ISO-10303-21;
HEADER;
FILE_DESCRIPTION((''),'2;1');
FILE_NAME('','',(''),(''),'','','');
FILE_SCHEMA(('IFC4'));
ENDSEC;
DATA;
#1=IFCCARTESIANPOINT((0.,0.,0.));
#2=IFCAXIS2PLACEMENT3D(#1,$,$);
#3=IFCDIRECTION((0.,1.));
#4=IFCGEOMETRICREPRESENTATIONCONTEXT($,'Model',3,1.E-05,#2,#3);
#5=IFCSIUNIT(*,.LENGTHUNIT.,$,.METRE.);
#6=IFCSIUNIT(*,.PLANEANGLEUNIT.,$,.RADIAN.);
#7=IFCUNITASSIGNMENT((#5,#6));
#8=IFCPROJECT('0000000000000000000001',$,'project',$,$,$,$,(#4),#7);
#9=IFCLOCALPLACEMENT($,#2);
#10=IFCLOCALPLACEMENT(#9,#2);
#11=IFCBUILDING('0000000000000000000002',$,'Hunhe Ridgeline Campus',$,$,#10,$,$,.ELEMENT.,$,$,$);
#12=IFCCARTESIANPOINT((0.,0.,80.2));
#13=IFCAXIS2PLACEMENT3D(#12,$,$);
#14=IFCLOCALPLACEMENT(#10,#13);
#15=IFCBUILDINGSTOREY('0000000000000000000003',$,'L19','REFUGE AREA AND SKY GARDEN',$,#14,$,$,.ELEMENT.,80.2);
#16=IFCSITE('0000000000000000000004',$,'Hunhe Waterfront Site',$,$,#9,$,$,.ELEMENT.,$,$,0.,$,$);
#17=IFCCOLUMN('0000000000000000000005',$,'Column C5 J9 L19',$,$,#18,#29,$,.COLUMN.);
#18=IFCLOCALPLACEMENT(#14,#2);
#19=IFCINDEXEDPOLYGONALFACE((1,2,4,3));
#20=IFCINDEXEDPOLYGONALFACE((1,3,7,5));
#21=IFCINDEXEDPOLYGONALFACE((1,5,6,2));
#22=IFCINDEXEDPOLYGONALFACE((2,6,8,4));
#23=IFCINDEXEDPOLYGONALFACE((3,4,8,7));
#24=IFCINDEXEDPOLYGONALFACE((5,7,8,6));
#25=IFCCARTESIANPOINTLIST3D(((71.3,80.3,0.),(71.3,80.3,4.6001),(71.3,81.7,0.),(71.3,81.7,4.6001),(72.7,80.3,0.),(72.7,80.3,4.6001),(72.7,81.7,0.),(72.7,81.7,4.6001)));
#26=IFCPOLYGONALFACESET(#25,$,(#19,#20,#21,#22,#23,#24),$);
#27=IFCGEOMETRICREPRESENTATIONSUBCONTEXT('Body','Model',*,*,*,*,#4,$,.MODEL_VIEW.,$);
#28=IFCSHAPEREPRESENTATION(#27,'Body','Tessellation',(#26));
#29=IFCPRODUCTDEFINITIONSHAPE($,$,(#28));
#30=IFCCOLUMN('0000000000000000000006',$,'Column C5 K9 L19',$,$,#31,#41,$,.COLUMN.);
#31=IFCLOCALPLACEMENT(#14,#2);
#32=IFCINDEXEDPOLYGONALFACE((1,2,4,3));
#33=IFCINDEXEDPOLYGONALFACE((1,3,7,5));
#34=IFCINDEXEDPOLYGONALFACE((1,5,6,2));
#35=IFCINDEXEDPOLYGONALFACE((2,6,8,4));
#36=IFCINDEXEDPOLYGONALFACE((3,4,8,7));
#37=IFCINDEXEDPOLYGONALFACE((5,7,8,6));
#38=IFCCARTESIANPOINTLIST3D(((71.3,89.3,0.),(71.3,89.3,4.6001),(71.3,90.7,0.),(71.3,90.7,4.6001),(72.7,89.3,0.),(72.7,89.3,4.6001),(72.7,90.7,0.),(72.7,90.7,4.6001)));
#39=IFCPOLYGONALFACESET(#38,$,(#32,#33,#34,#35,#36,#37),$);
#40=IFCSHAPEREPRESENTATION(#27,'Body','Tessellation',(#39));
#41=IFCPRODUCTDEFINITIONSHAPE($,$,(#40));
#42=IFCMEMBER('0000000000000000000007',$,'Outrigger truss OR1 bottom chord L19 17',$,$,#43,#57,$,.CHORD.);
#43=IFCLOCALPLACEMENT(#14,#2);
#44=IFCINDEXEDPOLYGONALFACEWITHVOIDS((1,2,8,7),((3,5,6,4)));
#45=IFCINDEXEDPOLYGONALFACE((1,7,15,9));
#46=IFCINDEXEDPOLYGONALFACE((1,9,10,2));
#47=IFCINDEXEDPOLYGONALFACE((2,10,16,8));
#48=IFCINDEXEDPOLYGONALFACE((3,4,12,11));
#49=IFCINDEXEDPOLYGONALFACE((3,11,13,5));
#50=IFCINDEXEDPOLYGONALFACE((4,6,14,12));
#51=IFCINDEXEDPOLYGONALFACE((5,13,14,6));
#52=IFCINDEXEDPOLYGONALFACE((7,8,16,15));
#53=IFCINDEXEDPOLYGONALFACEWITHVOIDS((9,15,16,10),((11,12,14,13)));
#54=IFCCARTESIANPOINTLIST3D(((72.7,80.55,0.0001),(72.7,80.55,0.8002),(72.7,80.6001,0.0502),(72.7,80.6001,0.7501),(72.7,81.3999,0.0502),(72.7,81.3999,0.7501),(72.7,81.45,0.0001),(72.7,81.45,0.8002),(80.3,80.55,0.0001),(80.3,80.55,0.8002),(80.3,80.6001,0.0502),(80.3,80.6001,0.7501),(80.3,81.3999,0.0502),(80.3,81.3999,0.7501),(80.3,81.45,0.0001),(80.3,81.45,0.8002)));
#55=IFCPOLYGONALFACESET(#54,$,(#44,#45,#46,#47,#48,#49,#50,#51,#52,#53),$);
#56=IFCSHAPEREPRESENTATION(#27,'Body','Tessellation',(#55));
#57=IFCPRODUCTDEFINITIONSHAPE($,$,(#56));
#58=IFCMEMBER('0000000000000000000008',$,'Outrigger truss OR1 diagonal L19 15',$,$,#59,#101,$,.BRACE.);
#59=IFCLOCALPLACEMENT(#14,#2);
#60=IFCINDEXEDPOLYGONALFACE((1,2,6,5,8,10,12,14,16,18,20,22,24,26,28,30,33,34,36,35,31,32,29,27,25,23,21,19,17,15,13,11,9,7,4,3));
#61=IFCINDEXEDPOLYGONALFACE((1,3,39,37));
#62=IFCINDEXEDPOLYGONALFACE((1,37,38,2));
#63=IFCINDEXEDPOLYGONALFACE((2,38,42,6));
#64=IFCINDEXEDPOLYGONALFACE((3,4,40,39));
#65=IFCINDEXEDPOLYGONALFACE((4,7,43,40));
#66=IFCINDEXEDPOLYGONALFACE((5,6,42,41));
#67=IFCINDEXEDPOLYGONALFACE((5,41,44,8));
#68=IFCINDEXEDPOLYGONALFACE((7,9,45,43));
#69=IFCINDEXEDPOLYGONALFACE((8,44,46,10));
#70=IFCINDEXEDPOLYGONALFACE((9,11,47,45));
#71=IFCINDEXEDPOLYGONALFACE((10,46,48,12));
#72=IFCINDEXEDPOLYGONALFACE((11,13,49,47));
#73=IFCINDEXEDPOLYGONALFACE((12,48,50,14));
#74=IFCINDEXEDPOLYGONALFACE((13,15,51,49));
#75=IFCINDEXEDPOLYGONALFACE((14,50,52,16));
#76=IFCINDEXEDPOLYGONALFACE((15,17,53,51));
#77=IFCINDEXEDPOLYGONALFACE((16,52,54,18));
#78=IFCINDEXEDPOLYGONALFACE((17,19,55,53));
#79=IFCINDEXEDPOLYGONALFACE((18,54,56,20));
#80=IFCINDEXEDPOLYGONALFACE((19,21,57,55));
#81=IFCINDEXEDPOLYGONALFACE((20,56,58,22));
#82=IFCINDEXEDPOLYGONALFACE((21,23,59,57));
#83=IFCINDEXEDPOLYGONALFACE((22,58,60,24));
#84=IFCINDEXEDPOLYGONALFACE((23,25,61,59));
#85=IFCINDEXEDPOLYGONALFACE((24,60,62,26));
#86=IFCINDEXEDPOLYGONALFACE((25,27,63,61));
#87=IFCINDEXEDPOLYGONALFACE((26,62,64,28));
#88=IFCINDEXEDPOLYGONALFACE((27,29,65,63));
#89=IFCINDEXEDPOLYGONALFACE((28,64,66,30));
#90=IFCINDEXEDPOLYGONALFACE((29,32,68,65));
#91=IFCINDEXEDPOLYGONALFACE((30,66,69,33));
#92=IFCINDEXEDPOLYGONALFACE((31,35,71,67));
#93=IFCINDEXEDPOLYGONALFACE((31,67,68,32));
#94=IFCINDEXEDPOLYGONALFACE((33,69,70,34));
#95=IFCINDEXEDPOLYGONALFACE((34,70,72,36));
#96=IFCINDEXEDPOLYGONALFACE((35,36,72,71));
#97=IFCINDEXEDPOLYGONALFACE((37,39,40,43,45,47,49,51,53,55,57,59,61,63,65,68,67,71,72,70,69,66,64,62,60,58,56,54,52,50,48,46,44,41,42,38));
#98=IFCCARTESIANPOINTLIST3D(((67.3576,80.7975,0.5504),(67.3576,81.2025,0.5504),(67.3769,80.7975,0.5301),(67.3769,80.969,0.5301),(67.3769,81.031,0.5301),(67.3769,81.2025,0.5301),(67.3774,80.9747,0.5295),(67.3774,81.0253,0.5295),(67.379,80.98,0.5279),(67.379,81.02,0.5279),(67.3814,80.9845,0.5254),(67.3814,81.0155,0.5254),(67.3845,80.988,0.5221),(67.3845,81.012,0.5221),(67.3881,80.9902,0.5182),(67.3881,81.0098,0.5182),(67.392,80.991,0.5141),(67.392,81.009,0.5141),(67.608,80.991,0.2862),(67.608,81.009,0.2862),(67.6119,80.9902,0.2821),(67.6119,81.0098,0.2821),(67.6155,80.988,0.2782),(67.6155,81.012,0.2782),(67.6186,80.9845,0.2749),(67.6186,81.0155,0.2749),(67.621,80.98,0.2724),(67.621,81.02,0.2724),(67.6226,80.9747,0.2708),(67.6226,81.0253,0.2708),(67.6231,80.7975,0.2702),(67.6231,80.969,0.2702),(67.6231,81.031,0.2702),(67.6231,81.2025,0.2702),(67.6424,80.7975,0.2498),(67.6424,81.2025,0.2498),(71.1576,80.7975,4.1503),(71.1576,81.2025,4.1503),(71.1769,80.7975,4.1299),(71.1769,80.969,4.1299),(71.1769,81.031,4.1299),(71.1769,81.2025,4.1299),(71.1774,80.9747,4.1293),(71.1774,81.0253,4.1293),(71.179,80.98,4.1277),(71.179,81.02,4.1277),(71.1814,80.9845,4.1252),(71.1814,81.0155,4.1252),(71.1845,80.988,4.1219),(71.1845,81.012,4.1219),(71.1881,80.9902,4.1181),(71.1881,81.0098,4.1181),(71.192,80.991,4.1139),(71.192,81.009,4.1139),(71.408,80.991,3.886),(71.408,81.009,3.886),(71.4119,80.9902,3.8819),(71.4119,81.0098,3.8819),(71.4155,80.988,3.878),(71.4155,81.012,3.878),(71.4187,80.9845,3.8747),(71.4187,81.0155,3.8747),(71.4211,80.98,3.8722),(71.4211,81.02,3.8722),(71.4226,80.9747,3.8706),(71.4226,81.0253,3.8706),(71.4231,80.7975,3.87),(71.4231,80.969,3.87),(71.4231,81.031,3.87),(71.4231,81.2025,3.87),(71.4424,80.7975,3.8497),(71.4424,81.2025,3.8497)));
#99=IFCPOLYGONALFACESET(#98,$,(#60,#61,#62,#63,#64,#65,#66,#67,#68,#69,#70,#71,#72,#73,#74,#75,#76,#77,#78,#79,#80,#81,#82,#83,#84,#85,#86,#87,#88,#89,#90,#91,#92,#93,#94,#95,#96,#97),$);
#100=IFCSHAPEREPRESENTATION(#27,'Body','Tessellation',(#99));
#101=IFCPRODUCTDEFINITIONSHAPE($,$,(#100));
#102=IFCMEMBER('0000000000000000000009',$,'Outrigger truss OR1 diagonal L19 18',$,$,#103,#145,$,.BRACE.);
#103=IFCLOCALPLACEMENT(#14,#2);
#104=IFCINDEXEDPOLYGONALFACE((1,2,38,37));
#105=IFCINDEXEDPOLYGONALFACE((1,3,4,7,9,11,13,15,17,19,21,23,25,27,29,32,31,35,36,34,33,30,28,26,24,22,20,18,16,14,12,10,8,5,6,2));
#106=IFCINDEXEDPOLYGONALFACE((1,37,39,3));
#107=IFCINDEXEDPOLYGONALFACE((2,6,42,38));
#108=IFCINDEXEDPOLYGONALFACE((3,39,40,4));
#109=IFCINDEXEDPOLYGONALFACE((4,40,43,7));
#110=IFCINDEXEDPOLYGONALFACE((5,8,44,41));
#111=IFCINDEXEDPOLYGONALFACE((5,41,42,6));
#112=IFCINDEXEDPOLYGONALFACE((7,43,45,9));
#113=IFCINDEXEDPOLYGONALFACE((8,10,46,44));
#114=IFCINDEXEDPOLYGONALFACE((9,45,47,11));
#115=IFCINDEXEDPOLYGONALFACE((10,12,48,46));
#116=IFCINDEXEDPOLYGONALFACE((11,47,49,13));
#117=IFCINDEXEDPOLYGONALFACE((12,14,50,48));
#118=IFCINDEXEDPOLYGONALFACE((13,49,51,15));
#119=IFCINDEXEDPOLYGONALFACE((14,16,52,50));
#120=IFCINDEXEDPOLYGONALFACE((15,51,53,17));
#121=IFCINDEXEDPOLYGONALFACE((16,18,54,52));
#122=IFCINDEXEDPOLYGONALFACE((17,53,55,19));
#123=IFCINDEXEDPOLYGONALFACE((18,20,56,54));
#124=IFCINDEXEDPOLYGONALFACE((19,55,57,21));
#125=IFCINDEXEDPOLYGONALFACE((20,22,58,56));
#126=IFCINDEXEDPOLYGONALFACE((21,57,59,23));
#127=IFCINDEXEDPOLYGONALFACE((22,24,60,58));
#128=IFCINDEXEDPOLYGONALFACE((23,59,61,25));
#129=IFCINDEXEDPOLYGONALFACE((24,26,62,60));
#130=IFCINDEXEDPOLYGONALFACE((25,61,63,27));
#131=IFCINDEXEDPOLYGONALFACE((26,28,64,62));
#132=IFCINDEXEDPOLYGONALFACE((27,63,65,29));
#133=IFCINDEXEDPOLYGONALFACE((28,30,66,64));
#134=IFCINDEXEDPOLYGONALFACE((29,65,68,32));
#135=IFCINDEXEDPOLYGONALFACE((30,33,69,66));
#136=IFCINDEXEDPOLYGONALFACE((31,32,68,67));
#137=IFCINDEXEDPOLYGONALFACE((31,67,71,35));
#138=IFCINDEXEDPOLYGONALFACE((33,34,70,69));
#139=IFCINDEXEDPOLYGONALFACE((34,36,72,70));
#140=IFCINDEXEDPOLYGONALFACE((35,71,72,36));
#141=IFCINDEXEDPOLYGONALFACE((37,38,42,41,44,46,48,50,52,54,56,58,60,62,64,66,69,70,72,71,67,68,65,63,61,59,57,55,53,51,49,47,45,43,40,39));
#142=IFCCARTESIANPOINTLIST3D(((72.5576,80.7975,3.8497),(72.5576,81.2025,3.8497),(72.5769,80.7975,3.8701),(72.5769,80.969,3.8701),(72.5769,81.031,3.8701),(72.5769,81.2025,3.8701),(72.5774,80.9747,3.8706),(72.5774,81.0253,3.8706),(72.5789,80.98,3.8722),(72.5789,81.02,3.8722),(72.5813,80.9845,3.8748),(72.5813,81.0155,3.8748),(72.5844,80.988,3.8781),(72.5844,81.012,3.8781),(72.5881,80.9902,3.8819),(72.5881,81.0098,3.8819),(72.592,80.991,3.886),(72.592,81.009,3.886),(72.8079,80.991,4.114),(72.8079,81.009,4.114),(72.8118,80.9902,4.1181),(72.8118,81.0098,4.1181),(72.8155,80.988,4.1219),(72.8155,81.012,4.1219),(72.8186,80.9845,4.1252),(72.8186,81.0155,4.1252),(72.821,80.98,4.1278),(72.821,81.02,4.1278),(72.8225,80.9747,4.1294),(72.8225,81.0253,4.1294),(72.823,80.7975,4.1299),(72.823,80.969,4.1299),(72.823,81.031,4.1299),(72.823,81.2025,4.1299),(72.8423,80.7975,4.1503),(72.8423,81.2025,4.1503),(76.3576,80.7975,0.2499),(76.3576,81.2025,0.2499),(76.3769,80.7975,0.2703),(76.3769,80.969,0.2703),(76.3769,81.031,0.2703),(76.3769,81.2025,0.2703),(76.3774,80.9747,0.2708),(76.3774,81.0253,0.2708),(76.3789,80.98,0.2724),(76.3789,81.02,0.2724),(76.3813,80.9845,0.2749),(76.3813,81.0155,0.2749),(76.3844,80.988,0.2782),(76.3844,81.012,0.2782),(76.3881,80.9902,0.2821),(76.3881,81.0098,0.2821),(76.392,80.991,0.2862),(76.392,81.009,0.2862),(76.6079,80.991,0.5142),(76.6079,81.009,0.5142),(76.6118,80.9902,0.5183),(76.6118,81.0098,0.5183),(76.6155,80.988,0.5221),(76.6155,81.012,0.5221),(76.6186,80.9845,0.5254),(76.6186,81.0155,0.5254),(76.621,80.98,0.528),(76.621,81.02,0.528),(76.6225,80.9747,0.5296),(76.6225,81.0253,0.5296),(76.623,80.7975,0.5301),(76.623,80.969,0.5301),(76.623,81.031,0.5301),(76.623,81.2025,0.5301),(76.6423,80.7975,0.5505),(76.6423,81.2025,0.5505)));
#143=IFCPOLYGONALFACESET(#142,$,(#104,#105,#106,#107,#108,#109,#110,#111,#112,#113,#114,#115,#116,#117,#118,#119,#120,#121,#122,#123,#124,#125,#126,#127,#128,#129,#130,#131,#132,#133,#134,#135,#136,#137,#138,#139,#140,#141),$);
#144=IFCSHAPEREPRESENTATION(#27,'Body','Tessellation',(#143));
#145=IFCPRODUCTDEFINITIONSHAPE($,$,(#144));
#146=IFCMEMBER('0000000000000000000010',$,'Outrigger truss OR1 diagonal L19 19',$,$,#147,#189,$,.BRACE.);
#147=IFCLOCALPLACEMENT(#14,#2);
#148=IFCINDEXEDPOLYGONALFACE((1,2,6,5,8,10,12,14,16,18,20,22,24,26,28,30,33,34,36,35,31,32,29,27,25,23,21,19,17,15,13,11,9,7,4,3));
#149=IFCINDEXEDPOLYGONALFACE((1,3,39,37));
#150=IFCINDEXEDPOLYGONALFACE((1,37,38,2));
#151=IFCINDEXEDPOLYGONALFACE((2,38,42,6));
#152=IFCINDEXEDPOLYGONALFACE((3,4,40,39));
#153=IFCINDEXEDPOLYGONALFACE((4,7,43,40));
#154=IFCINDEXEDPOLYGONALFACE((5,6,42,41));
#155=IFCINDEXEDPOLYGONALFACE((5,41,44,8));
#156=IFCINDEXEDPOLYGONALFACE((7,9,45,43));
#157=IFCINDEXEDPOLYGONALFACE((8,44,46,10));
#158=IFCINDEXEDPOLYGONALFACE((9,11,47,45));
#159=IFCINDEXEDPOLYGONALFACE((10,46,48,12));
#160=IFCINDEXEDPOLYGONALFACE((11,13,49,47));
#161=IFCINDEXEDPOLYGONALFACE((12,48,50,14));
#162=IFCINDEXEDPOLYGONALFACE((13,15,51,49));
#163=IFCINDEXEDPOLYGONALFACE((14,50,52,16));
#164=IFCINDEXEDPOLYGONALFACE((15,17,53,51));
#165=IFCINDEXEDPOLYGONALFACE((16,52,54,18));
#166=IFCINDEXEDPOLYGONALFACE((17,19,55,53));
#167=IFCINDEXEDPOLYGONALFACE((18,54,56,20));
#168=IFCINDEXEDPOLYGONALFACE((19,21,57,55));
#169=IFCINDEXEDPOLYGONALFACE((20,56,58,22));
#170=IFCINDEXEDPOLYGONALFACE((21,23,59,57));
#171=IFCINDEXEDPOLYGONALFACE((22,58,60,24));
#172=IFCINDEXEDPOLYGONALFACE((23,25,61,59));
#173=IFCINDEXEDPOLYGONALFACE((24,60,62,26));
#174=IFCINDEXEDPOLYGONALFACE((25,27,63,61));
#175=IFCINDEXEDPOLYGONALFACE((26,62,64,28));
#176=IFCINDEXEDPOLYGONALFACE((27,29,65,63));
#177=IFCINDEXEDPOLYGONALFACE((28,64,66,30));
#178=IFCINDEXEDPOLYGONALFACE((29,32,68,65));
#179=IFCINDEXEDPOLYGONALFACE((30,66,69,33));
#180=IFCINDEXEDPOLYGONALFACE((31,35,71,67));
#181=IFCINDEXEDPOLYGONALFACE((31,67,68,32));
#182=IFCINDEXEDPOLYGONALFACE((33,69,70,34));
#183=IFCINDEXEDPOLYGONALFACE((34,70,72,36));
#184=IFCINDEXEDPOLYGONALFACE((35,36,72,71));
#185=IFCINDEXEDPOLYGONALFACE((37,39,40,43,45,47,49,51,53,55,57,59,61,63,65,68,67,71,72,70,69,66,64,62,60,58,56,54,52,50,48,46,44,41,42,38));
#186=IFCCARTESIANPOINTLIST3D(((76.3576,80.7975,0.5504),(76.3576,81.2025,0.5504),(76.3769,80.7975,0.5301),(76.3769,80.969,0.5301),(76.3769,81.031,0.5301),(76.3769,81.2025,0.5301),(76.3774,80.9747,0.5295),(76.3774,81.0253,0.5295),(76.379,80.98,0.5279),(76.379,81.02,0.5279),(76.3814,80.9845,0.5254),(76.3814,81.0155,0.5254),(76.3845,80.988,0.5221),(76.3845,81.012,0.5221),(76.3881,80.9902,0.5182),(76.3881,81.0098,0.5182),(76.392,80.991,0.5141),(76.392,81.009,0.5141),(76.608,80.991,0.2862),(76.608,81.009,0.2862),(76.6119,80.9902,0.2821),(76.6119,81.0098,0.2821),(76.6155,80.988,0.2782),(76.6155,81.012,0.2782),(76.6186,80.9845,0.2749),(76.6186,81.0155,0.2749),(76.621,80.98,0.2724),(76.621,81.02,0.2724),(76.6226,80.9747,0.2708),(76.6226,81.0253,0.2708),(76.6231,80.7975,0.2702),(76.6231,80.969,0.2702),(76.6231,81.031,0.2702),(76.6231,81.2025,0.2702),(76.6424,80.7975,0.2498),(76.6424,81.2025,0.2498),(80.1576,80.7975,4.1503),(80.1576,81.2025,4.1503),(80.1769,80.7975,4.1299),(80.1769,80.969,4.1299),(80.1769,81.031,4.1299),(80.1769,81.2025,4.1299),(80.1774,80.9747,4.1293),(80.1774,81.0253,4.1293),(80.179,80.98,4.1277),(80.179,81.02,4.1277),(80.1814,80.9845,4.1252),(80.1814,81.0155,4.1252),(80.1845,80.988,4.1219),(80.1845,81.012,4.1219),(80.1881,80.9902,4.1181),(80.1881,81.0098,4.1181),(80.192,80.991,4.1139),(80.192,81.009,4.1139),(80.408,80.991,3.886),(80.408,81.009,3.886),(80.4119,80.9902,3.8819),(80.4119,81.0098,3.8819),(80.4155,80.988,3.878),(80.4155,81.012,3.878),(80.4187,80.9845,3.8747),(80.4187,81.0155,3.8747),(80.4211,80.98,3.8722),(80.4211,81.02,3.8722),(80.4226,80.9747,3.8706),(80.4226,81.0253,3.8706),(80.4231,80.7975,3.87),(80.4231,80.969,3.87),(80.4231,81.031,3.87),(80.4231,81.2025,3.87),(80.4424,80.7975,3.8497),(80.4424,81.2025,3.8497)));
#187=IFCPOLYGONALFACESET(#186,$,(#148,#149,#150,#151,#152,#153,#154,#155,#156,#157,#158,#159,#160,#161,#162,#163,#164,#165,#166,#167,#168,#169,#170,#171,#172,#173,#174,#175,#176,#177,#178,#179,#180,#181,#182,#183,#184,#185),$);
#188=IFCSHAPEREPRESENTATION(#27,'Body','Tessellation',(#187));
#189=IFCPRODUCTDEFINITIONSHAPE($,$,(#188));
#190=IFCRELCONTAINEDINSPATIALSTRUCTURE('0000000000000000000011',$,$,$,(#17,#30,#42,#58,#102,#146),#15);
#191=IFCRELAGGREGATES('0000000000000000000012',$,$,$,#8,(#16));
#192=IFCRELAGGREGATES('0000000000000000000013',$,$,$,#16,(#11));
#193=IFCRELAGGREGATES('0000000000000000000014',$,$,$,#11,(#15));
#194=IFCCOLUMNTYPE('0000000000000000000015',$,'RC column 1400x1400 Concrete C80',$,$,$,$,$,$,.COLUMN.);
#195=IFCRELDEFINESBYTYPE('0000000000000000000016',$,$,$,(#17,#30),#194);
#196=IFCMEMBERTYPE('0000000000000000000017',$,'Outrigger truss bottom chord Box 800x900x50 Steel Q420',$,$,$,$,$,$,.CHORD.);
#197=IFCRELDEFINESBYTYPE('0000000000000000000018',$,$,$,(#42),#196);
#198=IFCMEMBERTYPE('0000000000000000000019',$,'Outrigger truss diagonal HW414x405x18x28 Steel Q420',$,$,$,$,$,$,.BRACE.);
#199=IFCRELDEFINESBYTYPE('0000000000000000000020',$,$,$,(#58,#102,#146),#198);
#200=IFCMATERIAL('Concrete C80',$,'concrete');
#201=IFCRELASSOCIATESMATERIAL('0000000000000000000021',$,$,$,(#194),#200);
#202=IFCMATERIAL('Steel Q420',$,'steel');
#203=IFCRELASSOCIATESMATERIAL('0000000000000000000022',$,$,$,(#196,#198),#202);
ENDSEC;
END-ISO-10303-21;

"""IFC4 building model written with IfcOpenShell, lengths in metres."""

from ifc_helpers import new_model, si_unit, direction, frame, origin, origin_2d, place, context, subcontext, project, spatial, rectangle, hollow_rectangle, i_section, extrude, material, material_profile, profile_set, type_object, element, save


model = new_model("IFC4")

# Units and contexts
model_context = context("Model", 3, precision=1e-05, world=origin(), true_north=direction((0.0, 1.0)))
body_context = subcontext(model_context, "Body", "Model", "MODEL_VIEW")
ifc_project = project(units=[si_unit("LENGTHUNIT", "METRE"), si_unit("PLANEANGLEUNIT", "RADIAN")], contexts=[model_context])

# Site, building, storey
site_placement = place(None, origin())
site = spatial("IfcSite", under=ifc_project, at=site_placement, Name="Hunhe Waterfront Site", CompositionType="ELEMENT", RefElevation=0.0)
building_placement = place(site_placement, origin())
building = spatial("IfcBuilding", under=site, at=building_placement, Name="Hunhe Ridgeline Campus", CompositionType="ELEMENT")
storey_placement = place(building_placement, frame((0.0, 0.0, 80.2)))
storey = spatial("IfcBuildingStorey", under=building, at=storey_placement, Name="L19", Description="REFUGE AREA AND SKY GARDEN", CompositionType="ELEMENT", Elevation=80.2)

# Columns
ifc_material_1 = material(Name="Concrete C80", Category="concrete")
ifc_material_profile_1 = material_profile(ifc_material_1, rectangle(XDim=1.3999, YDim=1.3999, at=origin_2d()))
ifc_profile_set_1 = profile_set([ifc_material_profile_1], Name="Concrete C80")
column_type = type_object("IfcColumnType", Name="RC column 1400x1400 Concrete C80", PredefinedType="COLUMN", material=ifc_profile_set_1)
for number, where, z_axis, x_axis, name in (
    (1, (72.0, 81.0, 0.0), (0.0, 0.0, 1.0), (1.0, 0.0, 0.0), "Column C5 J9 L19"),
    (2, (72.0, 90.0, 0.0), (0.0, 0.0, 1.0), (1.0, 0.0, 0.0), "Column C5 K9 L19"),
):
    element("IfcColumn", number, at=place(storey_placement, frame(where, z_axis=z_axis, x_axis=x_axis)), inside=storey, type_object=column_type, Name=name, PredefinedType="COLUMN", context=body_context, shape_type="SweptSolid", body=[
        extrude(rectangle(XDim=1.3999, YDim=1.3999, at=origin_2d()), origin(), (0.0, 0.0, 1.0), 4.6001),
    ])

# Members
ifc_material_2 = material(Name="Steel Q420", Category="steel")
ifc_material_profile_2 = material_profile(ifc_material_2, hollow_rectangle(XDim=0.8999, YDim=0.8, WallThickness=0.05, at=origin_2d()))
ifc_profile_set_2 = profile_set([ifc_material_profile_2], Name="Steel Q420")
member_type_1 = type_object("IfcMemberType", Name="Outrigger truss bottom chord Box 800x900x50 Steel Q420", PredefinedType="CHORD", material=ifc_profile_set_2)
member_1_placement = place(storey_placement, frame((72.7, 81.0, 0.4001), z_axis=(1.0, 0.0, 0.0), x_axis=(0.0, 1.0, 0.0)))
element("IfcMember", 3, at=member_1_placement, inside=storey, type_object=member_type_1, Name="Outrigger truss OR1 bottom chord L19 17", PredefinedType="CHORD", context=body_context, shape_type="SweptSolid", body=[
    extrude(hollow_rectangle(XDim=0.8999, YDim=0.8, WallThickness=0.05, at=origin_2d()), origin(), (0.0, 0.0, 1.0), 7.6001),
])
ifc_material_profile_3 = material_profile(ifc_material_2, i_section(OverallWidth=0.405, OverallDepth=0.4141, WebThickness=0.0181, FlangeThickness=0.0281, FilletRadius=0.022, at=origin_2d()))
ifc_profile_set_3 = profile_set([ifc_material_profile_3], Name="Steel Q420")
member_type_2 = type_object("IfcMemberType", Name="Outrigger truss diagonal HW414x405x18x28 Steel Q420", PredefinedType="BRACE", material=ifc_profile_set_3)
for number, where, z_axis, x_axis, name in (
    (4, (67.5, 81.0, 0.4001), (0.725971, 0.0, 0.687725), (0.0, 1.0, 0.0), "Outrigger truss OR1 diagonal L19 15"),
    (5, (72.7, 81.0, 4.0), (0.725971, 0.0, -0.687725), (0.0, 1.0, 0.0), "Outrigger truss OR1 diagonal L19 18"),
    (6, (76.5, 81.0, 0.4001), (0.725971, 0.0, 0.687725), (0.0, 1.0, 0.0), "Outrigger truss OR1 diagonal L19 19"),
):
    element("IfcMember", number, at=place(storey_placement, frame(where, z_axis=z_axis, x_axis=x_axis)), inside=storey, type_object=member_type_2, Name=name, PredefinedType="BRACE", context=body_context, shape_type="SweptSolid", body=[
        extrude(i_section(OverallWidth=0.405, OverallDepth=0.4141, WebThickness=0.0181, FlangeThickness=0.0281, FilletRadius=0.022, at=origin_2d()), origin(), (0.0, 0.0, 1.0), 5.2344),
    ])

save(model, "model.ifc")
